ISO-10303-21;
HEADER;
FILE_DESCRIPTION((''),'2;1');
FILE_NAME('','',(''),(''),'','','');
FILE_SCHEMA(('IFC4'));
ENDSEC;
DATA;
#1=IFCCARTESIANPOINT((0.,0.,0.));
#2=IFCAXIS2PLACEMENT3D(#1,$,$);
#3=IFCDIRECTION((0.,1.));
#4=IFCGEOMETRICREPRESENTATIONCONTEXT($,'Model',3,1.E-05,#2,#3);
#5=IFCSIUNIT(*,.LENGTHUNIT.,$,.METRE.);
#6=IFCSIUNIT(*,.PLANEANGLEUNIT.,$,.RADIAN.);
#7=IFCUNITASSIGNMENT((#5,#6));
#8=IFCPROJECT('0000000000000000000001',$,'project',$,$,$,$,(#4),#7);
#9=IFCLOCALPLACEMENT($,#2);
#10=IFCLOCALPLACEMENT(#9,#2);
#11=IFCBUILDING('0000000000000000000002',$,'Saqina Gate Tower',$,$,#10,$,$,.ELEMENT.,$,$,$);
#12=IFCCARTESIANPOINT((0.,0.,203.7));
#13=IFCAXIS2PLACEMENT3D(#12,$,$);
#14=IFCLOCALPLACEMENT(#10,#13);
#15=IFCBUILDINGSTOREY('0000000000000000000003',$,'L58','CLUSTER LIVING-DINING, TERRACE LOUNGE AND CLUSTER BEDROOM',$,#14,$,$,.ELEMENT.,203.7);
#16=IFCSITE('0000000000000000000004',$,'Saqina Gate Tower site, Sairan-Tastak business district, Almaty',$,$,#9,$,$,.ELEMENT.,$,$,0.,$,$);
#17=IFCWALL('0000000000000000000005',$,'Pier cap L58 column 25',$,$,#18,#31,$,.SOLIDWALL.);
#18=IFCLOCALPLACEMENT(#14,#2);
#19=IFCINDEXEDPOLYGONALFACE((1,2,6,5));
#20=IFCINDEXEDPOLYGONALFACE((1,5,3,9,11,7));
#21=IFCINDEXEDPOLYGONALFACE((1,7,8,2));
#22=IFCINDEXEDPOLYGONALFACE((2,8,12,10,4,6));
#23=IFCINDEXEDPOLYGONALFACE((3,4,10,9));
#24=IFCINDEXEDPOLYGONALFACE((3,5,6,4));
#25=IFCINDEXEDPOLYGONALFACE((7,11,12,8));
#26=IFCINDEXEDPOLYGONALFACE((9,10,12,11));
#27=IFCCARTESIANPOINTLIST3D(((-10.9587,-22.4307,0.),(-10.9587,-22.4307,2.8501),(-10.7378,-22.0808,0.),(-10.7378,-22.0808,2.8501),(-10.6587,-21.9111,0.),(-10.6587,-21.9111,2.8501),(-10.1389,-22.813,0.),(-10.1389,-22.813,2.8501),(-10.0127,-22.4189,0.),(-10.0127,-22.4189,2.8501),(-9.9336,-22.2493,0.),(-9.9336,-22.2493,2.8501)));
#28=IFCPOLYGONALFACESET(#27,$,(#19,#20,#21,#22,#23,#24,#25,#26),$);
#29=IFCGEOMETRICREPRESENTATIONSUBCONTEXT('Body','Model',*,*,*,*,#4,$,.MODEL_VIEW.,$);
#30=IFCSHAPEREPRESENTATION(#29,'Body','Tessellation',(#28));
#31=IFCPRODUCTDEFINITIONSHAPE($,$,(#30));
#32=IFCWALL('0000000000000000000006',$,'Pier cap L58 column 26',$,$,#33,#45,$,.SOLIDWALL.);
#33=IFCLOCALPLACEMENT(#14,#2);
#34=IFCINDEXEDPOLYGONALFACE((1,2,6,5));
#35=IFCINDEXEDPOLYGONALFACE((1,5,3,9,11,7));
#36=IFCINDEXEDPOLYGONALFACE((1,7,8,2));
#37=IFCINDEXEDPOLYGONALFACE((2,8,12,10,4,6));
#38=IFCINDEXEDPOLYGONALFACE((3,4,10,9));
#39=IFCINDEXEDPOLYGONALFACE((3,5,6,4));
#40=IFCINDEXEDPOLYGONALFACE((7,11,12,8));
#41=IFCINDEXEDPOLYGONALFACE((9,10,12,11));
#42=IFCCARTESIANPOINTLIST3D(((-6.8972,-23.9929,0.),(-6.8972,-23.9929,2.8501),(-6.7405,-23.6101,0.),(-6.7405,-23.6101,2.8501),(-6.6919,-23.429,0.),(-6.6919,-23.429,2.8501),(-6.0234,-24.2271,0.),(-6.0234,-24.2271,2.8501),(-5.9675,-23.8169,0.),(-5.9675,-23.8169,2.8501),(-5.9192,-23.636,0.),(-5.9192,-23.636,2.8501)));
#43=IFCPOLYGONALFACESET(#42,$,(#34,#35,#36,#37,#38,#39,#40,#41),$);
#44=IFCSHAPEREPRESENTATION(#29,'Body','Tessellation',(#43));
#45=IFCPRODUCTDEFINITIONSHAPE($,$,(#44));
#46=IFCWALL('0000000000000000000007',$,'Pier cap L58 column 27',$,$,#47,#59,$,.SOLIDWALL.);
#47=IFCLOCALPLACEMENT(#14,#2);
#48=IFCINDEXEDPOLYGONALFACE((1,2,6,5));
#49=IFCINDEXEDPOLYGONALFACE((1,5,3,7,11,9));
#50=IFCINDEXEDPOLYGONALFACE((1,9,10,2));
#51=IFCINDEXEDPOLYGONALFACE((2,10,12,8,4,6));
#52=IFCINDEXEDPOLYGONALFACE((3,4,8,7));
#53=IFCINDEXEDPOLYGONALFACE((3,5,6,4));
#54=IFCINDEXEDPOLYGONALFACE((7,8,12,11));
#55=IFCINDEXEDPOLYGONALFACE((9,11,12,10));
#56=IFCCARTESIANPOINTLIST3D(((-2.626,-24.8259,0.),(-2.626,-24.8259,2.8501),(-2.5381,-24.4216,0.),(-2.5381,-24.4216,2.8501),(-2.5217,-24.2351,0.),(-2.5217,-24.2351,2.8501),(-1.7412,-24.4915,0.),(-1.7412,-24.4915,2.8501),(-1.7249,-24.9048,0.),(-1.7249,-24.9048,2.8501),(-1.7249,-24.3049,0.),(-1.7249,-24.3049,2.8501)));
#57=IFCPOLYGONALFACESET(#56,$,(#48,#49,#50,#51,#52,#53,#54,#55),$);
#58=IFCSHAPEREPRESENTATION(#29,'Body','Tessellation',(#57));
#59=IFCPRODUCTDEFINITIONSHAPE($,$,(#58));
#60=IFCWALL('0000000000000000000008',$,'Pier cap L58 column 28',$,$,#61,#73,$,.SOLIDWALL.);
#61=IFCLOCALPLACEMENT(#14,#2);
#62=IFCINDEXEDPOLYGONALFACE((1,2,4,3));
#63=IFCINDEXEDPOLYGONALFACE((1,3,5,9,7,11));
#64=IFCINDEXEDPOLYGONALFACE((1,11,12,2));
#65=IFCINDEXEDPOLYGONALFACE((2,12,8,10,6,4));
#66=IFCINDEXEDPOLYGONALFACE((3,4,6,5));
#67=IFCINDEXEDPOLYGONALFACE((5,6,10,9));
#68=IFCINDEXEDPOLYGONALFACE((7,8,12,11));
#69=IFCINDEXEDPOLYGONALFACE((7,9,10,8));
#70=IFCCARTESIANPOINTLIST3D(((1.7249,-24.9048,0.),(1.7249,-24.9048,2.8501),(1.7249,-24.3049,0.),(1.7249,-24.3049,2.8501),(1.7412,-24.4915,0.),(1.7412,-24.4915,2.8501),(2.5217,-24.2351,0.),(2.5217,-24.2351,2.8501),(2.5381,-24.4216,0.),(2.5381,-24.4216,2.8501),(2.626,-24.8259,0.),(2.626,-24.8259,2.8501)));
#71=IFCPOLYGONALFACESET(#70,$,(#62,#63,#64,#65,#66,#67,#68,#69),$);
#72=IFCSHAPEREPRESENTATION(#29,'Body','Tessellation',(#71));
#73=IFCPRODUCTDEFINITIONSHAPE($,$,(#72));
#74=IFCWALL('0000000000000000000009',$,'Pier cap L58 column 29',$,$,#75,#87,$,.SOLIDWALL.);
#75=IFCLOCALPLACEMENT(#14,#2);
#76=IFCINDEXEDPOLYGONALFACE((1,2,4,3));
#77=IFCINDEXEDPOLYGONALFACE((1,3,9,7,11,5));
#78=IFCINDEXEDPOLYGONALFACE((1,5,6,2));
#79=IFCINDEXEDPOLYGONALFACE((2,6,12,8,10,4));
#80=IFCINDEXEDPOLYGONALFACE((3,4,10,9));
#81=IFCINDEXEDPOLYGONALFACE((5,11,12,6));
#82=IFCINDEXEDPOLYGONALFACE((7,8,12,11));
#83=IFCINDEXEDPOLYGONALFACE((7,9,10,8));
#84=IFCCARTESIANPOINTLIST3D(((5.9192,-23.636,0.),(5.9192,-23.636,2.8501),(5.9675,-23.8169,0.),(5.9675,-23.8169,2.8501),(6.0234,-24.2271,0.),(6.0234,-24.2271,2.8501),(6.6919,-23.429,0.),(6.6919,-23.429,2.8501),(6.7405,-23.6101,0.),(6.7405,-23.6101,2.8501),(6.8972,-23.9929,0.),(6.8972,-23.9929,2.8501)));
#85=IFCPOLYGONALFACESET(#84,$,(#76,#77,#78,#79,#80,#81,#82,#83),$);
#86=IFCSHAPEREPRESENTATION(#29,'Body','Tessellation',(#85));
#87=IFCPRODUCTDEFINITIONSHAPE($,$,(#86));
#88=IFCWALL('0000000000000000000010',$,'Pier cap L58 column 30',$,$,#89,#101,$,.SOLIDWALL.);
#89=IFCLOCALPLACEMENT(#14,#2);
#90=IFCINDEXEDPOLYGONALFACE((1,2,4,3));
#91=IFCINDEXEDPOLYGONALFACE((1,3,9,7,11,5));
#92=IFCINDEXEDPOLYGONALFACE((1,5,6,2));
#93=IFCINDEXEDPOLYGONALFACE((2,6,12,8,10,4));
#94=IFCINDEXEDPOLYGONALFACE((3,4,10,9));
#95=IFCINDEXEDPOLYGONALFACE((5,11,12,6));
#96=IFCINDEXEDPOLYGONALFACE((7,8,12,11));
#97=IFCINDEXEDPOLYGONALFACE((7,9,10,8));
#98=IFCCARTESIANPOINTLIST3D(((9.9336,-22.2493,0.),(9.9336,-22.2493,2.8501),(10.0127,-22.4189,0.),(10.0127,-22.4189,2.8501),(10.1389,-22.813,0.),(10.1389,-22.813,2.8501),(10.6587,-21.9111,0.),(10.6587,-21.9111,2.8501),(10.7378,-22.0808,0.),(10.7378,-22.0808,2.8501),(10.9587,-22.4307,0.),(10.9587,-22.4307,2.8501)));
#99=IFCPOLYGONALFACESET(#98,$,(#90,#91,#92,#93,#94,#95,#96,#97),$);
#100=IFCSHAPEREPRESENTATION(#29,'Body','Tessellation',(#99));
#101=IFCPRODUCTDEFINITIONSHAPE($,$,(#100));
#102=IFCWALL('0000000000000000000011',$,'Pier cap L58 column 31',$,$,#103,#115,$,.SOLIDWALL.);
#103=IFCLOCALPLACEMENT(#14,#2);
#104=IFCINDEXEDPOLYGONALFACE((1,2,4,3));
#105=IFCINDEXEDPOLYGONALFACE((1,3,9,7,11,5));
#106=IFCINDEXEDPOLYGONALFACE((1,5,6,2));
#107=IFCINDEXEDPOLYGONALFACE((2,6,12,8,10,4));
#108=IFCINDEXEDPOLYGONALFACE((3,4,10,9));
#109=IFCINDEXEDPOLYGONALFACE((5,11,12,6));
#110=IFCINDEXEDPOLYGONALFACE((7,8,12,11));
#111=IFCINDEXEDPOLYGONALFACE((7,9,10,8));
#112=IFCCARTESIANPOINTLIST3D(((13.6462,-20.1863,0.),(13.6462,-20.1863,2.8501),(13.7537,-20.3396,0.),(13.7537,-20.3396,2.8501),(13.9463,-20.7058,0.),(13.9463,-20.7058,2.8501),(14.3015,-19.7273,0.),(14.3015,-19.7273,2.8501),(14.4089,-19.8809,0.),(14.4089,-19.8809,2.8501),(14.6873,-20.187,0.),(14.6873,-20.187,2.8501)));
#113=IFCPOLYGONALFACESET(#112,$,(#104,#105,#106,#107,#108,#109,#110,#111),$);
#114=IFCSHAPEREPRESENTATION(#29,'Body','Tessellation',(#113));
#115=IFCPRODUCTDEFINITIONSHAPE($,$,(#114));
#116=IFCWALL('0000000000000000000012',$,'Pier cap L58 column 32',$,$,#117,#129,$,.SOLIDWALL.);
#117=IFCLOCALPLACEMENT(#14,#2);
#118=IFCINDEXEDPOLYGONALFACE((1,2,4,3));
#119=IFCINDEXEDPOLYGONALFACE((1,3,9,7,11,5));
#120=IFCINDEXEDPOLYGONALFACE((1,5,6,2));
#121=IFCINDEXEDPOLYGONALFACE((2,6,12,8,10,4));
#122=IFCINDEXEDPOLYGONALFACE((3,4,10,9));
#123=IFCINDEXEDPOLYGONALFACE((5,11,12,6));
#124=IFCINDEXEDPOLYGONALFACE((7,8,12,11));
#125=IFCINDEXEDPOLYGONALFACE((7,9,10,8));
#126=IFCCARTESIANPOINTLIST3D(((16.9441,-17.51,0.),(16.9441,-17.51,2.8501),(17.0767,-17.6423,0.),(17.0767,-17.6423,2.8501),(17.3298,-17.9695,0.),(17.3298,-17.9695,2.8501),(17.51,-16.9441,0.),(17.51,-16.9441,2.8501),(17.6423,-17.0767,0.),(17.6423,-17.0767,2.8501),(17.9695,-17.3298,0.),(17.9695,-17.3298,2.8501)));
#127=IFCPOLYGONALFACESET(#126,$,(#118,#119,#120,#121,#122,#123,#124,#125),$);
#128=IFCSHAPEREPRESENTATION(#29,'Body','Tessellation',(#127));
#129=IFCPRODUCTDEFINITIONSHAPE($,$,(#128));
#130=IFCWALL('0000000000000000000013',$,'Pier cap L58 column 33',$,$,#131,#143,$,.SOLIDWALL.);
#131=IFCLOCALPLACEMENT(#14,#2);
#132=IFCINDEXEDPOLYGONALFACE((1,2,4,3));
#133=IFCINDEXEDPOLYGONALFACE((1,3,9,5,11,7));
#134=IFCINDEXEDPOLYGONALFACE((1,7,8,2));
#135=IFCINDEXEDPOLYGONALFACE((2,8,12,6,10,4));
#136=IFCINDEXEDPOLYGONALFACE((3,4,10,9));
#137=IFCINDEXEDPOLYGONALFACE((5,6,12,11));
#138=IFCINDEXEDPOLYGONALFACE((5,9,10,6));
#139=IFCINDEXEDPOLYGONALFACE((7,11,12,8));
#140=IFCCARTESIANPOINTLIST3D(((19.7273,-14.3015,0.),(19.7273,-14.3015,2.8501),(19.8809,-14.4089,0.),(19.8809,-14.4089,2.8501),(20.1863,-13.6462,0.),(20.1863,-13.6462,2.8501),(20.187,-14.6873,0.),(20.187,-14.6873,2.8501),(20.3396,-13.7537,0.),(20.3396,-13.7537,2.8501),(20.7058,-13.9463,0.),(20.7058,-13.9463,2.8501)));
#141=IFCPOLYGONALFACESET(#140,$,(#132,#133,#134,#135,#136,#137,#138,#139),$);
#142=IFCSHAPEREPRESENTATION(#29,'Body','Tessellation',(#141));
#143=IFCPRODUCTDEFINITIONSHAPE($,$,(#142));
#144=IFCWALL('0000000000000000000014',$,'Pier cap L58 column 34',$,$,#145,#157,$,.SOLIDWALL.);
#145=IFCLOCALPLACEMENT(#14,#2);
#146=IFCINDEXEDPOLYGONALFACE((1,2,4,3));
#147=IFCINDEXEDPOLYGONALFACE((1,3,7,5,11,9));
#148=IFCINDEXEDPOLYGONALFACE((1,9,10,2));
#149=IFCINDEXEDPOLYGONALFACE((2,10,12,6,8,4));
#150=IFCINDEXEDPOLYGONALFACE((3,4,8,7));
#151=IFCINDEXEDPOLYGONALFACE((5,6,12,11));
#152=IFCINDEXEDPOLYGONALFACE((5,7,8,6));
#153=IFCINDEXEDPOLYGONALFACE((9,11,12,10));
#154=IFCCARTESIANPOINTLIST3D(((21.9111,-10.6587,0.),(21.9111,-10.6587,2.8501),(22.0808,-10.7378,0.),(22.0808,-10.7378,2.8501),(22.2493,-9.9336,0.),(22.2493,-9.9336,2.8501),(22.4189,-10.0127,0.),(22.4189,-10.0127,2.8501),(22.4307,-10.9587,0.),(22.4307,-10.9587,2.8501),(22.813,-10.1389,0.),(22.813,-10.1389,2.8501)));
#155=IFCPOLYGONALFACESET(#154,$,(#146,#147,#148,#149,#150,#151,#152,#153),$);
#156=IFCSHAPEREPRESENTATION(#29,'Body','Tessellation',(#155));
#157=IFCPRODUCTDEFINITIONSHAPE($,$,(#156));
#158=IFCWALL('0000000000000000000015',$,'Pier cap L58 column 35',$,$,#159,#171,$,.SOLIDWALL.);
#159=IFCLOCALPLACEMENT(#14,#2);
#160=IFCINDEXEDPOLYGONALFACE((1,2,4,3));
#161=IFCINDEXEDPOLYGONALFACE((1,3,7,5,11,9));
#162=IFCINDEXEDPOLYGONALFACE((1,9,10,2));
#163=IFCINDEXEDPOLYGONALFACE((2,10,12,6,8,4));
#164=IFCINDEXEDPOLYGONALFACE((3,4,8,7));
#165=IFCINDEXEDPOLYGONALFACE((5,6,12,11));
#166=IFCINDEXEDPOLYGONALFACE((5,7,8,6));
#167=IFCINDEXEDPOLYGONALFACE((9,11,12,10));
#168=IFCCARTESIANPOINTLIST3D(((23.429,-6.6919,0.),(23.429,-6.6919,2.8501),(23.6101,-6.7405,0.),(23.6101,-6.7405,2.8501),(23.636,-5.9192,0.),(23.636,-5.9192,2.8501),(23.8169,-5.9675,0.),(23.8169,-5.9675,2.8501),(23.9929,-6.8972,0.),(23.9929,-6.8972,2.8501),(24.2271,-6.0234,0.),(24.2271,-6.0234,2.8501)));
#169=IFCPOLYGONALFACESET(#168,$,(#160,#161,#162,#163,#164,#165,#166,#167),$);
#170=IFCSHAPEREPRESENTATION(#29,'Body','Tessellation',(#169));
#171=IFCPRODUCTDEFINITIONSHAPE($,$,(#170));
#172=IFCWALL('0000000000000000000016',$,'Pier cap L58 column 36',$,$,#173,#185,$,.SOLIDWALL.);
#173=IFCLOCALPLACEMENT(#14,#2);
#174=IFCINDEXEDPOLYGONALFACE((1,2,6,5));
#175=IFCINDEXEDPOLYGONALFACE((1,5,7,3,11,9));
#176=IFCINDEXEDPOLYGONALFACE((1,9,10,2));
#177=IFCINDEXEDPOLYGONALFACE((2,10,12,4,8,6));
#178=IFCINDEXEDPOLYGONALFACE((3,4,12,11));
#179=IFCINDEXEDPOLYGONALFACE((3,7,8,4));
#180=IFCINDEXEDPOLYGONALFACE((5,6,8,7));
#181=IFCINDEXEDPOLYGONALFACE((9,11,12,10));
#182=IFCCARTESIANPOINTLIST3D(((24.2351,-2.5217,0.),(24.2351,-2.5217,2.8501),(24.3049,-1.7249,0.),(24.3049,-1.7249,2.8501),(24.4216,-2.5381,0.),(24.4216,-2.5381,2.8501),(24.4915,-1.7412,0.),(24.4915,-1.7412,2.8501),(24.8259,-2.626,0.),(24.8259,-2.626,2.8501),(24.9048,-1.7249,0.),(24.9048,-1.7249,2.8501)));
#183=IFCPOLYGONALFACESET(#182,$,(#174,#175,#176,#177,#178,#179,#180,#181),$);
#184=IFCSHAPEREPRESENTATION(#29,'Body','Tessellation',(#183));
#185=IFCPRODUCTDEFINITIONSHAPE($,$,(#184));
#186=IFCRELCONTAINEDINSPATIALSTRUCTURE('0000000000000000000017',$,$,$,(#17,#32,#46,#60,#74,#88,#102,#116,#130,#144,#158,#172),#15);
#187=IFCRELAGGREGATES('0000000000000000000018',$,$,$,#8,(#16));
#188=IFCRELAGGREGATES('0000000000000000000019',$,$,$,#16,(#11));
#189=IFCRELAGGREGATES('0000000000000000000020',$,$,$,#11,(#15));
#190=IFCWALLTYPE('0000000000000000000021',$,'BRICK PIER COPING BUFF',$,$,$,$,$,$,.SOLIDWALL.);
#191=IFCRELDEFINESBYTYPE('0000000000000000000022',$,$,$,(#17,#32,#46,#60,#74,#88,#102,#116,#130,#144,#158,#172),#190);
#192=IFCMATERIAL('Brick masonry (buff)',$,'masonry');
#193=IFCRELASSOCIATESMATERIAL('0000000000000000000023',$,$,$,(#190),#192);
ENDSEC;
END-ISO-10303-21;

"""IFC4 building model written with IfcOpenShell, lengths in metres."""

from ifc_helpers import new_model, si_unit, direction, frame, origin, place, context, subcontext, project, spatial, polyline, outline, extrude, material, type_object, element, save


model = new_model("IFC4")

# Units and contexts
model_context = context("Model", 3, precision=1e-05, world=origin(), true_north=direction((0.0, 1.0)))
body_context = subcontext(model_context, "Body", "Model", "MODEL_VIEW")
ifc_project = project(units=[si_unit("LENGTHUNIT", "METRE"), si_unit("PLANEANGLEUNIT", "RADIAN")], contexts=[model_context])

# Site, building, storey
site_placement = place(None, origin())
site = spatial("IfcSite", under=ifc_project, at=site_placement, Name="Saqina Gate Tower site, Sairan-Tastak business district, Almaty", CompositionType="ELEMENT", RefElevation=0.0)
building_placement = place(site_placement, origin())
building = spatial("IfcBuilding", under=site, at=building_placement, Name="Saqina Gate Tower", CompositionType="ELEMENT")
storey_placement = place(building_placement, frame((0.0, 0.0, 203.7)))
storey = spatial("IfcBuildingStorey", under=building, at=storey_placement, Name="L58", Description="CLUSTER LIVING-DINING, TERRACE LOUNGE AND CLUSTER BEDROOM", CompositionType="ELEMENT", Elevation=203.7)

# Walls
ifc_material_1 = material(Name="Brick masonry (buff)", Category="masonry")
wall_type_1 = type_object("IfcWallType", Name="BRICK PIER COPING BUFF", PredefinedType="SOLIDWALL", material=ifc_material_1)
wall_1_placement = place(storey_placement, origin())
element("IfcWall", 1, at=wall_1_placement, inside=storey, type_object=wall_type_1, Name="Pier cap L58 column 25", PredefinedType="SOLIDWALL", context=body_context, shape_type="SweptSolid", body=[
    extrude(outline(polyline([(-10.1389, -22.813), (-9.9336, -22.2493), (-10.0127, -22.4189), (-10.7378, -22.0808), (-10.6587, -21.9111), (-10.9587, -22.4307), (-10.1389, -22.813)])), origin(), (0.0, 0.0, 1.0), 2.8501),
])
wall_2_placement = place(storey_placement, origin())
element("IfcWall", 2, at=wall_2_placement, inside=storey, type_object=wall_type_1, Name="Pier cap L58 column 26", PredefinedType="SOLIDWALL", context=body_context, shape_type="SweptSolid", body=[
    extrude(outline(polyline([(-6.0234, -24.2271), (-5.9192, -23.636), (-5.9675, -23.8169), (-6.7405, -23.6101), (-6.6919, -23.429), (-6.8972, -23.9929), (-6.0234, -24.2271)])), origin(), (0.0, 0.0, 1.0), 2.8501),
])
wall_3_placement = place(storey_placement, origin())
element("IfcWall", 3, at=wall_3_placement, inside=storey, type_object=wall_type_1, Name="Pier cap L58 column 27", PredefinedType="SOLIDWALL", context=body_context, shape_type="SweptSolid", body=[
    extrude(outline(polyline([(-2.626, -24.8259), (-1.7249, -24.9048), (-1.7249, -24.3049), (-1.7412, -24.4915), (-2.5381, -24.4216), (-2.5217, -24.2351), (-2.626, -24.8259)])), origin(), (0.0, 0.0, 1.0), 2.8501),
])
wall_4_placement = place(storey_placement, origin())
element("IfcWall", 4, at=wall_4_placement, inside=storey, type_object=wall_type_1, Name="Pier cap L58 column 28", PredefinedType="SOLIDWALL", context=body_context, shape_type="SweptSolid", body=[
    extrude(outline(polyline([(1.7249, -24.9048), (2.626, -24.8259), (2.5217, -24.2351), (2.5381, -24.4216), (1.7412, -24.4915), (1.7249, -24.3049), (1.7249, -24.9048)])), origin(), (0.0, 0.0, 1.0), 2.8501),
])
wall_5_placement = place(storey_placement, origin())
element("IfcWall", 5, at=wall_5_placement, inside=storey, type_object=wall_type_1, Name="Pier cap L58 column 29", PredefinedType="SOLIDWALL", context=body_context, shape_type="SweptSolid", body=[
    extrude(outline(polyline([(6.0234, -24.2271), (6.8972, -23.9929), (6.6919, -23.429), (6.7405, -23.6101), (5.9675, -23.8169), (5.9192, -23.636), (6.0234, -24.2271)])), origin(), (0.0, 0.0, 1.0), 2.8501),
])
wall_6_placement = place(storey_placement, origin())
element("IfcWall", 6, at=wall_6_placement, inside=storey, type_object=wall_type_1, Name="Pier cap L58 column 30", PredefinedType="SOLIDWALL", context=body_context, shape_type="SweptSolid", body=[
    extrude(outline(polyline([(10.9587, -22.4307), (10.6587, -21.9111), (10.7378, -22.0808), (10.0127, -22.4189), (9.9336, -22.2493), (10.1389, -22.813), (10.9587, -22.4307)])), origin(), (0.0, 0.0, 1.0), 2.8501),
])
wall_7_placement = place(storey_placement, origin())
element("IfcWall", 7, at=wall_7_placement, inside=storey, type_object=wall_type_1, Name="Pier cap L58 column 31", PredefinedType="SOLIDWALL", context=body_context, shape_type="SweptSolid", body=[
    extrude(outline(polyline([(13.9463, -20.7058), (14.6873, -20.187), (14.3015, -19.7273), (14.4089, -19.8809), (13.7537, -20.3396), (13.6462, -20.1863), (13.9463, -20.7058)])), origin(), (0.0, 0.0, 1.0), 2.8501),
])
wall_8_placement = place(storey_placement, origin())
element("IfcWall", 8, at=wall_8_placement, inside=storey, type_object=wall_type_1, Name="Pier cap L58 column 32", PredefinedType="SOLIDWALL", context=body_context, shape_type="SweptSolid", body=[
    extrude(outline(polyline([(17.9695, -17.3298), (17.51, -16.9441), (17.6423, -17.0767), (17.0767, -17.6423), (16.9441, -17.51), (17.3298, -17.9695), (17.9695, -17.3298)])), origin(), (0.0, 0.0, 1.0), 2.8501),
])
wall_9_placement = place(storey_placement, origin())
element("IfcWall", 9, at=wall_9_placement, inside=storey, type_object=wall_type_1, Name="Pier cap L58 column 33", PredefinedType="SOLIDWALL", context=body_context, shape_type="SweptSolid", body=[
    extrude(outline(polyline([(20.187, -14.6873), (20.7058, -13.9463), (20.1863, -13.6462), (20.3396, -13.7537), (19.8809, -14.4089), (19.7273, -14.3015), (20.187, -14.6873)])), origin(), (0.0, 0.0, 1.0), 2.8501),
])
wall_10_placement = place(storey_placement, origin())
element("IfcWall", 10, at=wall_10_placement, inside=storey, type_object=wall_type_1, Name="Pier cap L58 column 34", PredefinedType="SOLIDWALL", context=body_context, shape_type="SweptSolid", body=[
    extrude(outline(polyline([(22.813, -10.1389), (22.2493, -9.9336), (22.4189, -10.0127), (22.0808, -10.7378), (21.9111, -10.6587), (22.4307, -10.9587), (22.813, -10.1389)])), origin(), (0.0, 0.0, 1.0), 2.8501),
])
wall_11_placement = place(storey_placement, origin())
element("IfcWall", 11, at=wall_11_placement, inside=storey, type_object=wall_type_1, Name="Pier cap L58 column 35", PredefinedType="SOLIDWALL", context=body_context, shape_type="SweptSolid", body=[
    extrude(outline(polyline([(24.2271, -6.0234), (23.636, -5.9192), (23.8169, -5.9675), (23.6101, -6.7405), (23.429, -6.6919), (23.9929, -6.8972), (24.2271, -6.0234)])), origin(), (0.0, 0.0, 1.0), 2.8501),
])
wall_12_placement = place(storey_placement, origin())
element("IfcWall", 12, at=wall_12_placement, inside=storey, type_object=wall_type_1, Name="Pier cap L58 column 36", PredefinedType="SOLIDWALL", context=body_context, shape_type="SweptSolid", body=[
    extrude(outline(polyline([(24.8259, -2.626), (24.9048, -1.7249), (24.3049, -1.7249), (24.4915, -1.7412), (24.4216, -2.5381), (24.2351, -2.5217), (24.8259, -2.626)])), origin(), (0.0, 0.0, 1.0), 2.8501),
])

save(model, "model.ifc")
